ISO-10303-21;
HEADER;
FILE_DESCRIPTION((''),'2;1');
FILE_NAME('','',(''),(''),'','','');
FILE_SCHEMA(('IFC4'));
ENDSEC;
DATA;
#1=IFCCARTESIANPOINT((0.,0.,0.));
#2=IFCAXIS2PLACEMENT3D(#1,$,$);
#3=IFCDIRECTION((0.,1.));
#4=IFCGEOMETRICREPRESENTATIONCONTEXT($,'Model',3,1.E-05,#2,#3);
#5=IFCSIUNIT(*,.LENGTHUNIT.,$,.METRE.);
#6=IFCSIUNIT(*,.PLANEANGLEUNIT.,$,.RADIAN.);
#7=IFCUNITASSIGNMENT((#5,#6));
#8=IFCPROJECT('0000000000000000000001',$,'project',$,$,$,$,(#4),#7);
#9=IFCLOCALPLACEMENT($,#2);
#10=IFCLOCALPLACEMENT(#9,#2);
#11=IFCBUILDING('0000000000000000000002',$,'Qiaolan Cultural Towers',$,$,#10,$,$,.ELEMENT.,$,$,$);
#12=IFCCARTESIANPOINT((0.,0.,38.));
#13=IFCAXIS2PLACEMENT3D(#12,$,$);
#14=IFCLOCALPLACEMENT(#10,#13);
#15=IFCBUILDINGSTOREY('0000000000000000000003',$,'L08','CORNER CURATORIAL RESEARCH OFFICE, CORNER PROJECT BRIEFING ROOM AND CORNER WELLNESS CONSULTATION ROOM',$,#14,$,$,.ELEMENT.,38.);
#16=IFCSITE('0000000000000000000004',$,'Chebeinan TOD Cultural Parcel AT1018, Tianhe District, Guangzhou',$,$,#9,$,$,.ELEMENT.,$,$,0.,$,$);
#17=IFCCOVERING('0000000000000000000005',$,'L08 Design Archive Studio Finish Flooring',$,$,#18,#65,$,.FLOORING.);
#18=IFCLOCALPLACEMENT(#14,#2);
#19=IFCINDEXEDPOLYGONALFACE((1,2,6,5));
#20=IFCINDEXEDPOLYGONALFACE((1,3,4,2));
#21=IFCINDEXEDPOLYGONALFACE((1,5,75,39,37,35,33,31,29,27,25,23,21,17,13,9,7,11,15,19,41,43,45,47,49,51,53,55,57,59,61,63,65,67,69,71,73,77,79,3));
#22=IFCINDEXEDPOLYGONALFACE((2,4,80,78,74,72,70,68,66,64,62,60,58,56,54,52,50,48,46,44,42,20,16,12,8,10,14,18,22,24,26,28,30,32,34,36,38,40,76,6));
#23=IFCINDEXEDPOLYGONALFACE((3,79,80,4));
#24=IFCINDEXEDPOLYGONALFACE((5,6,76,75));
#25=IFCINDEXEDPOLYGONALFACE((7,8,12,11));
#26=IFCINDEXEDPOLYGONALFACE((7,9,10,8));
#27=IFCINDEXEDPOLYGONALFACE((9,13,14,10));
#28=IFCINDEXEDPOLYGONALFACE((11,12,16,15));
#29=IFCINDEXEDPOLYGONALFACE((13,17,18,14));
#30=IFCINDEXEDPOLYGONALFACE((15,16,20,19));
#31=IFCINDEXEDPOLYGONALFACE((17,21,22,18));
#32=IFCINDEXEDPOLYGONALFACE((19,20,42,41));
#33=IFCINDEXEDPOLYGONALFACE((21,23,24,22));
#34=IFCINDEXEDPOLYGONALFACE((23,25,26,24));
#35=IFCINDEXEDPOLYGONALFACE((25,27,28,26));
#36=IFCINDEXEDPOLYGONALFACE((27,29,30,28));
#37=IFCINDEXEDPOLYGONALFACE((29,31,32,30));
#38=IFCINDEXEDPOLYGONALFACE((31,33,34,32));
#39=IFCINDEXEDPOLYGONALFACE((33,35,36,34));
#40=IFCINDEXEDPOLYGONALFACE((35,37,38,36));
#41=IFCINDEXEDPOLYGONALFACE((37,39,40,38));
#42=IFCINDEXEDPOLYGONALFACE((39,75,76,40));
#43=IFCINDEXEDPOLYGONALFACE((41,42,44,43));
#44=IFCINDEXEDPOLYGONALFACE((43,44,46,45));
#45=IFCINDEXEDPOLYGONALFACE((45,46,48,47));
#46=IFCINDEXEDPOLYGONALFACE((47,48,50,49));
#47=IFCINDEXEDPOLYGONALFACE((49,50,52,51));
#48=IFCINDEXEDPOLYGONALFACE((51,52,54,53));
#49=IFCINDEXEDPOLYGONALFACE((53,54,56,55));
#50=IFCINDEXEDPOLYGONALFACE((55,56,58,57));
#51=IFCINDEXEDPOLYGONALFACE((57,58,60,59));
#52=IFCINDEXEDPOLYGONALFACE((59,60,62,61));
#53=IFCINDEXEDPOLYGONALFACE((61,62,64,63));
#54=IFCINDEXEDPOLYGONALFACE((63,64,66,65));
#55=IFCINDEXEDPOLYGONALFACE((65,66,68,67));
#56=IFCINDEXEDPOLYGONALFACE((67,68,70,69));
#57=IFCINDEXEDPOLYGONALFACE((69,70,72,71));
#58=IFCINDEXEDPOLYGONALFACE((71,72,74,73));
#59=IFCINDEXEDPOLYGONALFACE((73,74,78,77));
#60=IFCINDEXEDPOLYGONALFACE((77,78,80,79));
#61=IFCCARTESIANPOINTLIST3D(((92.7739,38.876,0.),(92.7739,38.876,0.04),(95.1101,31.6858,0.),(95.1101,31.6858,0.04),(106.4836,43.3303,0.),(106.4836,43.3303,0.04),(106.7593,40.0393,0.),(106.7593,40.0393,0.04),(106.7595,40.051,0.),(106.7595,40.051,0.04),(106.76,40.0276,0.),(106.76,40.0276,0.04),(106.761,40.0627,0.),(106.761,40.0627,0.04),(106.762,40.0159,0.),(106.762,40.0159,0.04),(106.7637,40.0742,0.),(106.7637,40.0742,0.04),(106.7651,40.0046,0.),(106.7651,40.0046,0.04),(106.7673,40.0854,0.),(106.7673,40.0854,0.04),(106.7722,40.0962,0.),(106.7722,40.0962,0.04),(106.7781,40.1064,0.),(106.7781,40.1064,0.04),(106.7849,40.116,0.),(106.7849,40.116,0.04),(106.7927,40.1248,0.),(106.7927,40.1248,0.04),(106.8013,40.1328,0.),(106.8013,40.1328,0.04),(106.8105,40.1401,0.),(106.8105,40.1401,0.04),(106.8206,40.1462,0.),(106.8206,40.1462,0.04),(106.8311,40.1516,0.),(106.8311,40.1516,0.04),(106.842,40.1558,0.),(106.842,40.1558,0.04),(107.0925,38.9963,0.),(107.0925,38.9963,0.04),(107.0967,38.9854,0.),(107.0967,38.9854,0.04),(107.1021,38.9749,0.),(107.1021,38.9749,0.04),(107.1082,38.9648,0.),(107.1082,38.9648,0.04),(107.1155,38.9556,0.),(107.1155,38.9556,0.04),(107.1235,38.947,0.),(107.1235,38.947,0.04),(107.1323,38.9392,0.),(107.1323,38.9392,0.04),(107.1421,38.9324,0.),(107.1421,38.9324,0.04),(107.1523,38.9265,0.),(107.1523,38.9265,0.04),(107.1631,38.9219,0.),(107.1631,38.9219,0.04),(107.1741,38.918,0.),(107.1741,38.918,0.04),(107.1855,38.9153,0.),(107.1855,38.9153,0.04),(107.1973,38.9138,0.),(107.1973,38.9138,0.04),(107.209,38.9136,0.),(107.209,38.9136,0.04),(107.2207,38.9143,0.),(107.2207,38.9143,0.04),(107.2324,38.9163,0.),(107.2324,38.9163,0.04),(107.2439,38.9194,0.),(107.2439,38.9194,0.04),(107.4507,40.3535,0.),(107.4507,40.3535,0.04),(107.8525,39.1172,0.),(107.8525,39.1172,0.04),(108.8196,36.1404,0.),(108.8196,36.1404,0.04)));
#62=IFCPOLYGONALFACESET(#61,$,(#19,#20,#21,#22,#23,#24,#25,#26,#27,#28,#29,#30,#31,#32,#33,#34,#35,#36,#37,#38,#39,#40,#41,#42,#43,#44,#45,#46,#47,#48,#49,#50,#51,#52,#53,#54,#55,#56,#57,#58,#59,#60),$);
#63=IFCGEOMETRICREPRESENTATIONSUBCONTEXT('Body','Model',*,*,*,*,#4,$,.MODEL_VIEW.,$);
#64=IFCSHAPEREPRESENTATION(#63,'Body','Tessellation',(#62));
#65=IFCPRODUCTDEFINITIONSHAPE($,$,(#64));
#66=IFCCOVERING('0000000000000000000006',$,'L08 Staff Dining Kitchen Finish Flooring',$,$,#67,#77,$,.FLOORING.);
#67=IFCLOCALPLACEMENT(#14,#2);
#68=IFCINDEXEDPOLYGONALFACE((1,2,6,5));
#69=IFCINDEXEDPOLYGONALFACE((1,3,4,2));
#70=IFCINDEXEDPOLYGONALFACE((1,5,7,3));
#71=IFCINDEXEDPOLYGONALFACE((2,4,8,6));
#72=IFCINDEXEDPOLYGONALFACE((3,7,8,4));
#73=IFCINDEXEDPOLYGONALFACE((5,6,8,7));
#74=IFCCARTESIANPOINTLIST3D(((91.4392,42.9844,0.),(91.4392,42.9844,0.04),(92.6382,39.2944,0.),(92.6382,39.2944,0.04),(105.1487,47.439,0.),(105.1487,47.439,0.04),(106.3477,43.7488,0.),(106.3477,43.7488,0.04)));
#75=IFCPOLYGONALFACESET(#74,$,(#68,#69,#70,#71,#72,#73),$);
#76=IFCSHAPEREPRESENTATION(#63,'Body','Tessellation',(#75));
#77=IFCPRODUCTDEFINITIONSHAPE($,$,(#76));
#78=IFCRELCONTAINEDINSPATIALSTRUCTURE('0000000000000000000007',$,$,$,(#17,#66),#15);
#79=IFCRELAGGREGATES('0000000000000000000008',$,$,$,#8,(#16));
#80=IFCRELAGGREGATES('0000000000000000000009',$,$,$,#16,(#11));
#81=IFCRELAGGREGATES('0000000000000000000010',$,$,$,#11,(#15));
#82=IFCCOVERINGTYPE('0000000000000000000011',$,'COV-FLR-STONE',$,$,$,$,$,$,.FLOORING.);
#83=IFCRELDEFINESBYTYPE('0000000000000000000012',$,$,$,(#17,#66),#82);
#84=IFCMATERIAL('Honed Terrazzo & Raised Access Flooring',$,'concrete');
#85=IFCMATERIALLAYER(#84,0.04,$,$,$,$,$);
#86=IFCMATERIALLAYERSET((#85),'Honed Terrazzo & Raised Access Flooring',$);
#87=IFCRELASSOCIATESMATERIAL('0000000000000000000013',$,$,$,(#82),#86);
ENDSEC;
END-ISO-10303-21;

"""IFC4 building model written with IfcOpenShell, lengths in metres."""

from ifc_helpers import new_model, si_unit, direction, frame, origin, place, context, subcontext, project, spatial, polyline, outline, extrude, material, layer, layer_set, type_object, element, save


model = new_model("IFC4")

# Units and contexts
model_context = context("Model", 3, precision=1e-05, world=origin(), true_north=direction((0.0, 1.0)))
body_context = subcontext(model_context, "Body", "Model", "MODEL_VIEW")
ifc_project = project(units=[si_unit("LENGTHUNIT", "METRE"), si_unit("PLANEANGLEUNIT", "RADIAN")], contexts=[model_context])

# Site, building, storey
site_placement = place(None, origin())
site = spatial("IfcSite", under=ifc_project, at=site_placement, Name="Chebeinan TOD Cultural Parcel AT1018, Tianhe District, Guangzhou", CompositionType="ELEMENT", RefElevation=0.0)
building_placement = place(site_placement, origin())
building = spatial("IfcBuilding", under=site, at=building_placement, Name="Qiaolan Cultural Towers", CompositionType="ELEMENT")
storey_placement = place(building_placement, frame((0.0, 0.0, 38.0)))
storey = spatial("IfcBuildingStorey", under=building, at=storey_placement, Name="L08", Description="CORNER CURATORIAL RESEARCH OFFICE, CORNER PROJECT BRIEFING ROOM AND CORNER WELLNESS CONSULTATION ROOM", CompositionType="ELEMENT", Elevation=38.0)

# Coverings
ifc_material_1 = material(Name="Honed Terrazzo & Raised Access Flooring", Category="concrete")
ifc_layer_1 = layer(ifc_material_1, 0.04)
ifc_layer_set_1 = layer_set([ifc_layer_1], Name="Honed Terrazzo & Raised Access Flooring")
covering_type = type_object("IfcCoveringType", Name="COV-FLR-STONE", PredefinedType="FLOORING", material=ifc_layer_set_1)
covering_1_placement = place(storey_placement, origin())
element("IfcCovering", 1, at=covering_1_placement, inside=storey, type_object=covering_type, Name="L08 Design Archive Studio Finish Flooring", PredefinedType="FLOORING", context=body_context, shape_type="SweptSolid", body=[
    extrude(outline(polyline([(107.8525, 39.1172), (107.2439, 38.9194), (107.2324, 38.9163), (107.2207, 38.9143), (107.209, 38.9136), (107.1973, 38.9138), (107.1855, 38.9153), (107.1741, 38.918), (107.1631, 38.9219), (107.1523, 38.9265), (107.1421, 38.9324), (107.1323, 38.9392), (107.1235, 38.947), (107.1155, 38.9556), (107.1082, 38.9648), (107.1021, 38.9749), (107.0967, 38.9854), (107.0925, 38.9963), (106.7651, 40.0046), (106.762, 40.0159), (106.76, 40.0276), (106.7593, 40.0393), (106.7595, 40.051), (106.761, 40.0627), (106.7637, 40.0742), (106.7673, 40.0854), (106.7722, 40.0962), (106.7781, 40.1064), (106.7849, 40.116), (106.7927, 40.1248), (106.8013, 40.1328), (106.8105, 40.1401), (106.8206, 40.1462), (106.8311, 40.1516), (106.842, 40.1558), (107.4507, 40.3535), (106.4836, 43.3303), (92.7739, 38.876), (95.1101, 31.6858), (108.8196, 36.1404), (107.8525, 39.1172)])), origin(), (0.0, 0.0, 1.0), 0.04),
])
covering_2_placement = place(storey_placement, origin())
element("IfcCovering", 2, at=covering_2_placement, inside=storey, type_object=covering_type, Name="L08 Staff Dining Kitchen Finish Flooring", PredefinedType="FLOORING", context=body_context, shape_type="SweptSolid", body=[
    extrude(outline(polyline([(106.3477, 43.7488), (105.1487, 47.439), (91.4392, 42.9844), (92.6382, 39.2944), (106.3477, 43.7488)])), origin(), (0.0, 0.0, 1.0), 0.04),
])

save(model, "model.ifc")
